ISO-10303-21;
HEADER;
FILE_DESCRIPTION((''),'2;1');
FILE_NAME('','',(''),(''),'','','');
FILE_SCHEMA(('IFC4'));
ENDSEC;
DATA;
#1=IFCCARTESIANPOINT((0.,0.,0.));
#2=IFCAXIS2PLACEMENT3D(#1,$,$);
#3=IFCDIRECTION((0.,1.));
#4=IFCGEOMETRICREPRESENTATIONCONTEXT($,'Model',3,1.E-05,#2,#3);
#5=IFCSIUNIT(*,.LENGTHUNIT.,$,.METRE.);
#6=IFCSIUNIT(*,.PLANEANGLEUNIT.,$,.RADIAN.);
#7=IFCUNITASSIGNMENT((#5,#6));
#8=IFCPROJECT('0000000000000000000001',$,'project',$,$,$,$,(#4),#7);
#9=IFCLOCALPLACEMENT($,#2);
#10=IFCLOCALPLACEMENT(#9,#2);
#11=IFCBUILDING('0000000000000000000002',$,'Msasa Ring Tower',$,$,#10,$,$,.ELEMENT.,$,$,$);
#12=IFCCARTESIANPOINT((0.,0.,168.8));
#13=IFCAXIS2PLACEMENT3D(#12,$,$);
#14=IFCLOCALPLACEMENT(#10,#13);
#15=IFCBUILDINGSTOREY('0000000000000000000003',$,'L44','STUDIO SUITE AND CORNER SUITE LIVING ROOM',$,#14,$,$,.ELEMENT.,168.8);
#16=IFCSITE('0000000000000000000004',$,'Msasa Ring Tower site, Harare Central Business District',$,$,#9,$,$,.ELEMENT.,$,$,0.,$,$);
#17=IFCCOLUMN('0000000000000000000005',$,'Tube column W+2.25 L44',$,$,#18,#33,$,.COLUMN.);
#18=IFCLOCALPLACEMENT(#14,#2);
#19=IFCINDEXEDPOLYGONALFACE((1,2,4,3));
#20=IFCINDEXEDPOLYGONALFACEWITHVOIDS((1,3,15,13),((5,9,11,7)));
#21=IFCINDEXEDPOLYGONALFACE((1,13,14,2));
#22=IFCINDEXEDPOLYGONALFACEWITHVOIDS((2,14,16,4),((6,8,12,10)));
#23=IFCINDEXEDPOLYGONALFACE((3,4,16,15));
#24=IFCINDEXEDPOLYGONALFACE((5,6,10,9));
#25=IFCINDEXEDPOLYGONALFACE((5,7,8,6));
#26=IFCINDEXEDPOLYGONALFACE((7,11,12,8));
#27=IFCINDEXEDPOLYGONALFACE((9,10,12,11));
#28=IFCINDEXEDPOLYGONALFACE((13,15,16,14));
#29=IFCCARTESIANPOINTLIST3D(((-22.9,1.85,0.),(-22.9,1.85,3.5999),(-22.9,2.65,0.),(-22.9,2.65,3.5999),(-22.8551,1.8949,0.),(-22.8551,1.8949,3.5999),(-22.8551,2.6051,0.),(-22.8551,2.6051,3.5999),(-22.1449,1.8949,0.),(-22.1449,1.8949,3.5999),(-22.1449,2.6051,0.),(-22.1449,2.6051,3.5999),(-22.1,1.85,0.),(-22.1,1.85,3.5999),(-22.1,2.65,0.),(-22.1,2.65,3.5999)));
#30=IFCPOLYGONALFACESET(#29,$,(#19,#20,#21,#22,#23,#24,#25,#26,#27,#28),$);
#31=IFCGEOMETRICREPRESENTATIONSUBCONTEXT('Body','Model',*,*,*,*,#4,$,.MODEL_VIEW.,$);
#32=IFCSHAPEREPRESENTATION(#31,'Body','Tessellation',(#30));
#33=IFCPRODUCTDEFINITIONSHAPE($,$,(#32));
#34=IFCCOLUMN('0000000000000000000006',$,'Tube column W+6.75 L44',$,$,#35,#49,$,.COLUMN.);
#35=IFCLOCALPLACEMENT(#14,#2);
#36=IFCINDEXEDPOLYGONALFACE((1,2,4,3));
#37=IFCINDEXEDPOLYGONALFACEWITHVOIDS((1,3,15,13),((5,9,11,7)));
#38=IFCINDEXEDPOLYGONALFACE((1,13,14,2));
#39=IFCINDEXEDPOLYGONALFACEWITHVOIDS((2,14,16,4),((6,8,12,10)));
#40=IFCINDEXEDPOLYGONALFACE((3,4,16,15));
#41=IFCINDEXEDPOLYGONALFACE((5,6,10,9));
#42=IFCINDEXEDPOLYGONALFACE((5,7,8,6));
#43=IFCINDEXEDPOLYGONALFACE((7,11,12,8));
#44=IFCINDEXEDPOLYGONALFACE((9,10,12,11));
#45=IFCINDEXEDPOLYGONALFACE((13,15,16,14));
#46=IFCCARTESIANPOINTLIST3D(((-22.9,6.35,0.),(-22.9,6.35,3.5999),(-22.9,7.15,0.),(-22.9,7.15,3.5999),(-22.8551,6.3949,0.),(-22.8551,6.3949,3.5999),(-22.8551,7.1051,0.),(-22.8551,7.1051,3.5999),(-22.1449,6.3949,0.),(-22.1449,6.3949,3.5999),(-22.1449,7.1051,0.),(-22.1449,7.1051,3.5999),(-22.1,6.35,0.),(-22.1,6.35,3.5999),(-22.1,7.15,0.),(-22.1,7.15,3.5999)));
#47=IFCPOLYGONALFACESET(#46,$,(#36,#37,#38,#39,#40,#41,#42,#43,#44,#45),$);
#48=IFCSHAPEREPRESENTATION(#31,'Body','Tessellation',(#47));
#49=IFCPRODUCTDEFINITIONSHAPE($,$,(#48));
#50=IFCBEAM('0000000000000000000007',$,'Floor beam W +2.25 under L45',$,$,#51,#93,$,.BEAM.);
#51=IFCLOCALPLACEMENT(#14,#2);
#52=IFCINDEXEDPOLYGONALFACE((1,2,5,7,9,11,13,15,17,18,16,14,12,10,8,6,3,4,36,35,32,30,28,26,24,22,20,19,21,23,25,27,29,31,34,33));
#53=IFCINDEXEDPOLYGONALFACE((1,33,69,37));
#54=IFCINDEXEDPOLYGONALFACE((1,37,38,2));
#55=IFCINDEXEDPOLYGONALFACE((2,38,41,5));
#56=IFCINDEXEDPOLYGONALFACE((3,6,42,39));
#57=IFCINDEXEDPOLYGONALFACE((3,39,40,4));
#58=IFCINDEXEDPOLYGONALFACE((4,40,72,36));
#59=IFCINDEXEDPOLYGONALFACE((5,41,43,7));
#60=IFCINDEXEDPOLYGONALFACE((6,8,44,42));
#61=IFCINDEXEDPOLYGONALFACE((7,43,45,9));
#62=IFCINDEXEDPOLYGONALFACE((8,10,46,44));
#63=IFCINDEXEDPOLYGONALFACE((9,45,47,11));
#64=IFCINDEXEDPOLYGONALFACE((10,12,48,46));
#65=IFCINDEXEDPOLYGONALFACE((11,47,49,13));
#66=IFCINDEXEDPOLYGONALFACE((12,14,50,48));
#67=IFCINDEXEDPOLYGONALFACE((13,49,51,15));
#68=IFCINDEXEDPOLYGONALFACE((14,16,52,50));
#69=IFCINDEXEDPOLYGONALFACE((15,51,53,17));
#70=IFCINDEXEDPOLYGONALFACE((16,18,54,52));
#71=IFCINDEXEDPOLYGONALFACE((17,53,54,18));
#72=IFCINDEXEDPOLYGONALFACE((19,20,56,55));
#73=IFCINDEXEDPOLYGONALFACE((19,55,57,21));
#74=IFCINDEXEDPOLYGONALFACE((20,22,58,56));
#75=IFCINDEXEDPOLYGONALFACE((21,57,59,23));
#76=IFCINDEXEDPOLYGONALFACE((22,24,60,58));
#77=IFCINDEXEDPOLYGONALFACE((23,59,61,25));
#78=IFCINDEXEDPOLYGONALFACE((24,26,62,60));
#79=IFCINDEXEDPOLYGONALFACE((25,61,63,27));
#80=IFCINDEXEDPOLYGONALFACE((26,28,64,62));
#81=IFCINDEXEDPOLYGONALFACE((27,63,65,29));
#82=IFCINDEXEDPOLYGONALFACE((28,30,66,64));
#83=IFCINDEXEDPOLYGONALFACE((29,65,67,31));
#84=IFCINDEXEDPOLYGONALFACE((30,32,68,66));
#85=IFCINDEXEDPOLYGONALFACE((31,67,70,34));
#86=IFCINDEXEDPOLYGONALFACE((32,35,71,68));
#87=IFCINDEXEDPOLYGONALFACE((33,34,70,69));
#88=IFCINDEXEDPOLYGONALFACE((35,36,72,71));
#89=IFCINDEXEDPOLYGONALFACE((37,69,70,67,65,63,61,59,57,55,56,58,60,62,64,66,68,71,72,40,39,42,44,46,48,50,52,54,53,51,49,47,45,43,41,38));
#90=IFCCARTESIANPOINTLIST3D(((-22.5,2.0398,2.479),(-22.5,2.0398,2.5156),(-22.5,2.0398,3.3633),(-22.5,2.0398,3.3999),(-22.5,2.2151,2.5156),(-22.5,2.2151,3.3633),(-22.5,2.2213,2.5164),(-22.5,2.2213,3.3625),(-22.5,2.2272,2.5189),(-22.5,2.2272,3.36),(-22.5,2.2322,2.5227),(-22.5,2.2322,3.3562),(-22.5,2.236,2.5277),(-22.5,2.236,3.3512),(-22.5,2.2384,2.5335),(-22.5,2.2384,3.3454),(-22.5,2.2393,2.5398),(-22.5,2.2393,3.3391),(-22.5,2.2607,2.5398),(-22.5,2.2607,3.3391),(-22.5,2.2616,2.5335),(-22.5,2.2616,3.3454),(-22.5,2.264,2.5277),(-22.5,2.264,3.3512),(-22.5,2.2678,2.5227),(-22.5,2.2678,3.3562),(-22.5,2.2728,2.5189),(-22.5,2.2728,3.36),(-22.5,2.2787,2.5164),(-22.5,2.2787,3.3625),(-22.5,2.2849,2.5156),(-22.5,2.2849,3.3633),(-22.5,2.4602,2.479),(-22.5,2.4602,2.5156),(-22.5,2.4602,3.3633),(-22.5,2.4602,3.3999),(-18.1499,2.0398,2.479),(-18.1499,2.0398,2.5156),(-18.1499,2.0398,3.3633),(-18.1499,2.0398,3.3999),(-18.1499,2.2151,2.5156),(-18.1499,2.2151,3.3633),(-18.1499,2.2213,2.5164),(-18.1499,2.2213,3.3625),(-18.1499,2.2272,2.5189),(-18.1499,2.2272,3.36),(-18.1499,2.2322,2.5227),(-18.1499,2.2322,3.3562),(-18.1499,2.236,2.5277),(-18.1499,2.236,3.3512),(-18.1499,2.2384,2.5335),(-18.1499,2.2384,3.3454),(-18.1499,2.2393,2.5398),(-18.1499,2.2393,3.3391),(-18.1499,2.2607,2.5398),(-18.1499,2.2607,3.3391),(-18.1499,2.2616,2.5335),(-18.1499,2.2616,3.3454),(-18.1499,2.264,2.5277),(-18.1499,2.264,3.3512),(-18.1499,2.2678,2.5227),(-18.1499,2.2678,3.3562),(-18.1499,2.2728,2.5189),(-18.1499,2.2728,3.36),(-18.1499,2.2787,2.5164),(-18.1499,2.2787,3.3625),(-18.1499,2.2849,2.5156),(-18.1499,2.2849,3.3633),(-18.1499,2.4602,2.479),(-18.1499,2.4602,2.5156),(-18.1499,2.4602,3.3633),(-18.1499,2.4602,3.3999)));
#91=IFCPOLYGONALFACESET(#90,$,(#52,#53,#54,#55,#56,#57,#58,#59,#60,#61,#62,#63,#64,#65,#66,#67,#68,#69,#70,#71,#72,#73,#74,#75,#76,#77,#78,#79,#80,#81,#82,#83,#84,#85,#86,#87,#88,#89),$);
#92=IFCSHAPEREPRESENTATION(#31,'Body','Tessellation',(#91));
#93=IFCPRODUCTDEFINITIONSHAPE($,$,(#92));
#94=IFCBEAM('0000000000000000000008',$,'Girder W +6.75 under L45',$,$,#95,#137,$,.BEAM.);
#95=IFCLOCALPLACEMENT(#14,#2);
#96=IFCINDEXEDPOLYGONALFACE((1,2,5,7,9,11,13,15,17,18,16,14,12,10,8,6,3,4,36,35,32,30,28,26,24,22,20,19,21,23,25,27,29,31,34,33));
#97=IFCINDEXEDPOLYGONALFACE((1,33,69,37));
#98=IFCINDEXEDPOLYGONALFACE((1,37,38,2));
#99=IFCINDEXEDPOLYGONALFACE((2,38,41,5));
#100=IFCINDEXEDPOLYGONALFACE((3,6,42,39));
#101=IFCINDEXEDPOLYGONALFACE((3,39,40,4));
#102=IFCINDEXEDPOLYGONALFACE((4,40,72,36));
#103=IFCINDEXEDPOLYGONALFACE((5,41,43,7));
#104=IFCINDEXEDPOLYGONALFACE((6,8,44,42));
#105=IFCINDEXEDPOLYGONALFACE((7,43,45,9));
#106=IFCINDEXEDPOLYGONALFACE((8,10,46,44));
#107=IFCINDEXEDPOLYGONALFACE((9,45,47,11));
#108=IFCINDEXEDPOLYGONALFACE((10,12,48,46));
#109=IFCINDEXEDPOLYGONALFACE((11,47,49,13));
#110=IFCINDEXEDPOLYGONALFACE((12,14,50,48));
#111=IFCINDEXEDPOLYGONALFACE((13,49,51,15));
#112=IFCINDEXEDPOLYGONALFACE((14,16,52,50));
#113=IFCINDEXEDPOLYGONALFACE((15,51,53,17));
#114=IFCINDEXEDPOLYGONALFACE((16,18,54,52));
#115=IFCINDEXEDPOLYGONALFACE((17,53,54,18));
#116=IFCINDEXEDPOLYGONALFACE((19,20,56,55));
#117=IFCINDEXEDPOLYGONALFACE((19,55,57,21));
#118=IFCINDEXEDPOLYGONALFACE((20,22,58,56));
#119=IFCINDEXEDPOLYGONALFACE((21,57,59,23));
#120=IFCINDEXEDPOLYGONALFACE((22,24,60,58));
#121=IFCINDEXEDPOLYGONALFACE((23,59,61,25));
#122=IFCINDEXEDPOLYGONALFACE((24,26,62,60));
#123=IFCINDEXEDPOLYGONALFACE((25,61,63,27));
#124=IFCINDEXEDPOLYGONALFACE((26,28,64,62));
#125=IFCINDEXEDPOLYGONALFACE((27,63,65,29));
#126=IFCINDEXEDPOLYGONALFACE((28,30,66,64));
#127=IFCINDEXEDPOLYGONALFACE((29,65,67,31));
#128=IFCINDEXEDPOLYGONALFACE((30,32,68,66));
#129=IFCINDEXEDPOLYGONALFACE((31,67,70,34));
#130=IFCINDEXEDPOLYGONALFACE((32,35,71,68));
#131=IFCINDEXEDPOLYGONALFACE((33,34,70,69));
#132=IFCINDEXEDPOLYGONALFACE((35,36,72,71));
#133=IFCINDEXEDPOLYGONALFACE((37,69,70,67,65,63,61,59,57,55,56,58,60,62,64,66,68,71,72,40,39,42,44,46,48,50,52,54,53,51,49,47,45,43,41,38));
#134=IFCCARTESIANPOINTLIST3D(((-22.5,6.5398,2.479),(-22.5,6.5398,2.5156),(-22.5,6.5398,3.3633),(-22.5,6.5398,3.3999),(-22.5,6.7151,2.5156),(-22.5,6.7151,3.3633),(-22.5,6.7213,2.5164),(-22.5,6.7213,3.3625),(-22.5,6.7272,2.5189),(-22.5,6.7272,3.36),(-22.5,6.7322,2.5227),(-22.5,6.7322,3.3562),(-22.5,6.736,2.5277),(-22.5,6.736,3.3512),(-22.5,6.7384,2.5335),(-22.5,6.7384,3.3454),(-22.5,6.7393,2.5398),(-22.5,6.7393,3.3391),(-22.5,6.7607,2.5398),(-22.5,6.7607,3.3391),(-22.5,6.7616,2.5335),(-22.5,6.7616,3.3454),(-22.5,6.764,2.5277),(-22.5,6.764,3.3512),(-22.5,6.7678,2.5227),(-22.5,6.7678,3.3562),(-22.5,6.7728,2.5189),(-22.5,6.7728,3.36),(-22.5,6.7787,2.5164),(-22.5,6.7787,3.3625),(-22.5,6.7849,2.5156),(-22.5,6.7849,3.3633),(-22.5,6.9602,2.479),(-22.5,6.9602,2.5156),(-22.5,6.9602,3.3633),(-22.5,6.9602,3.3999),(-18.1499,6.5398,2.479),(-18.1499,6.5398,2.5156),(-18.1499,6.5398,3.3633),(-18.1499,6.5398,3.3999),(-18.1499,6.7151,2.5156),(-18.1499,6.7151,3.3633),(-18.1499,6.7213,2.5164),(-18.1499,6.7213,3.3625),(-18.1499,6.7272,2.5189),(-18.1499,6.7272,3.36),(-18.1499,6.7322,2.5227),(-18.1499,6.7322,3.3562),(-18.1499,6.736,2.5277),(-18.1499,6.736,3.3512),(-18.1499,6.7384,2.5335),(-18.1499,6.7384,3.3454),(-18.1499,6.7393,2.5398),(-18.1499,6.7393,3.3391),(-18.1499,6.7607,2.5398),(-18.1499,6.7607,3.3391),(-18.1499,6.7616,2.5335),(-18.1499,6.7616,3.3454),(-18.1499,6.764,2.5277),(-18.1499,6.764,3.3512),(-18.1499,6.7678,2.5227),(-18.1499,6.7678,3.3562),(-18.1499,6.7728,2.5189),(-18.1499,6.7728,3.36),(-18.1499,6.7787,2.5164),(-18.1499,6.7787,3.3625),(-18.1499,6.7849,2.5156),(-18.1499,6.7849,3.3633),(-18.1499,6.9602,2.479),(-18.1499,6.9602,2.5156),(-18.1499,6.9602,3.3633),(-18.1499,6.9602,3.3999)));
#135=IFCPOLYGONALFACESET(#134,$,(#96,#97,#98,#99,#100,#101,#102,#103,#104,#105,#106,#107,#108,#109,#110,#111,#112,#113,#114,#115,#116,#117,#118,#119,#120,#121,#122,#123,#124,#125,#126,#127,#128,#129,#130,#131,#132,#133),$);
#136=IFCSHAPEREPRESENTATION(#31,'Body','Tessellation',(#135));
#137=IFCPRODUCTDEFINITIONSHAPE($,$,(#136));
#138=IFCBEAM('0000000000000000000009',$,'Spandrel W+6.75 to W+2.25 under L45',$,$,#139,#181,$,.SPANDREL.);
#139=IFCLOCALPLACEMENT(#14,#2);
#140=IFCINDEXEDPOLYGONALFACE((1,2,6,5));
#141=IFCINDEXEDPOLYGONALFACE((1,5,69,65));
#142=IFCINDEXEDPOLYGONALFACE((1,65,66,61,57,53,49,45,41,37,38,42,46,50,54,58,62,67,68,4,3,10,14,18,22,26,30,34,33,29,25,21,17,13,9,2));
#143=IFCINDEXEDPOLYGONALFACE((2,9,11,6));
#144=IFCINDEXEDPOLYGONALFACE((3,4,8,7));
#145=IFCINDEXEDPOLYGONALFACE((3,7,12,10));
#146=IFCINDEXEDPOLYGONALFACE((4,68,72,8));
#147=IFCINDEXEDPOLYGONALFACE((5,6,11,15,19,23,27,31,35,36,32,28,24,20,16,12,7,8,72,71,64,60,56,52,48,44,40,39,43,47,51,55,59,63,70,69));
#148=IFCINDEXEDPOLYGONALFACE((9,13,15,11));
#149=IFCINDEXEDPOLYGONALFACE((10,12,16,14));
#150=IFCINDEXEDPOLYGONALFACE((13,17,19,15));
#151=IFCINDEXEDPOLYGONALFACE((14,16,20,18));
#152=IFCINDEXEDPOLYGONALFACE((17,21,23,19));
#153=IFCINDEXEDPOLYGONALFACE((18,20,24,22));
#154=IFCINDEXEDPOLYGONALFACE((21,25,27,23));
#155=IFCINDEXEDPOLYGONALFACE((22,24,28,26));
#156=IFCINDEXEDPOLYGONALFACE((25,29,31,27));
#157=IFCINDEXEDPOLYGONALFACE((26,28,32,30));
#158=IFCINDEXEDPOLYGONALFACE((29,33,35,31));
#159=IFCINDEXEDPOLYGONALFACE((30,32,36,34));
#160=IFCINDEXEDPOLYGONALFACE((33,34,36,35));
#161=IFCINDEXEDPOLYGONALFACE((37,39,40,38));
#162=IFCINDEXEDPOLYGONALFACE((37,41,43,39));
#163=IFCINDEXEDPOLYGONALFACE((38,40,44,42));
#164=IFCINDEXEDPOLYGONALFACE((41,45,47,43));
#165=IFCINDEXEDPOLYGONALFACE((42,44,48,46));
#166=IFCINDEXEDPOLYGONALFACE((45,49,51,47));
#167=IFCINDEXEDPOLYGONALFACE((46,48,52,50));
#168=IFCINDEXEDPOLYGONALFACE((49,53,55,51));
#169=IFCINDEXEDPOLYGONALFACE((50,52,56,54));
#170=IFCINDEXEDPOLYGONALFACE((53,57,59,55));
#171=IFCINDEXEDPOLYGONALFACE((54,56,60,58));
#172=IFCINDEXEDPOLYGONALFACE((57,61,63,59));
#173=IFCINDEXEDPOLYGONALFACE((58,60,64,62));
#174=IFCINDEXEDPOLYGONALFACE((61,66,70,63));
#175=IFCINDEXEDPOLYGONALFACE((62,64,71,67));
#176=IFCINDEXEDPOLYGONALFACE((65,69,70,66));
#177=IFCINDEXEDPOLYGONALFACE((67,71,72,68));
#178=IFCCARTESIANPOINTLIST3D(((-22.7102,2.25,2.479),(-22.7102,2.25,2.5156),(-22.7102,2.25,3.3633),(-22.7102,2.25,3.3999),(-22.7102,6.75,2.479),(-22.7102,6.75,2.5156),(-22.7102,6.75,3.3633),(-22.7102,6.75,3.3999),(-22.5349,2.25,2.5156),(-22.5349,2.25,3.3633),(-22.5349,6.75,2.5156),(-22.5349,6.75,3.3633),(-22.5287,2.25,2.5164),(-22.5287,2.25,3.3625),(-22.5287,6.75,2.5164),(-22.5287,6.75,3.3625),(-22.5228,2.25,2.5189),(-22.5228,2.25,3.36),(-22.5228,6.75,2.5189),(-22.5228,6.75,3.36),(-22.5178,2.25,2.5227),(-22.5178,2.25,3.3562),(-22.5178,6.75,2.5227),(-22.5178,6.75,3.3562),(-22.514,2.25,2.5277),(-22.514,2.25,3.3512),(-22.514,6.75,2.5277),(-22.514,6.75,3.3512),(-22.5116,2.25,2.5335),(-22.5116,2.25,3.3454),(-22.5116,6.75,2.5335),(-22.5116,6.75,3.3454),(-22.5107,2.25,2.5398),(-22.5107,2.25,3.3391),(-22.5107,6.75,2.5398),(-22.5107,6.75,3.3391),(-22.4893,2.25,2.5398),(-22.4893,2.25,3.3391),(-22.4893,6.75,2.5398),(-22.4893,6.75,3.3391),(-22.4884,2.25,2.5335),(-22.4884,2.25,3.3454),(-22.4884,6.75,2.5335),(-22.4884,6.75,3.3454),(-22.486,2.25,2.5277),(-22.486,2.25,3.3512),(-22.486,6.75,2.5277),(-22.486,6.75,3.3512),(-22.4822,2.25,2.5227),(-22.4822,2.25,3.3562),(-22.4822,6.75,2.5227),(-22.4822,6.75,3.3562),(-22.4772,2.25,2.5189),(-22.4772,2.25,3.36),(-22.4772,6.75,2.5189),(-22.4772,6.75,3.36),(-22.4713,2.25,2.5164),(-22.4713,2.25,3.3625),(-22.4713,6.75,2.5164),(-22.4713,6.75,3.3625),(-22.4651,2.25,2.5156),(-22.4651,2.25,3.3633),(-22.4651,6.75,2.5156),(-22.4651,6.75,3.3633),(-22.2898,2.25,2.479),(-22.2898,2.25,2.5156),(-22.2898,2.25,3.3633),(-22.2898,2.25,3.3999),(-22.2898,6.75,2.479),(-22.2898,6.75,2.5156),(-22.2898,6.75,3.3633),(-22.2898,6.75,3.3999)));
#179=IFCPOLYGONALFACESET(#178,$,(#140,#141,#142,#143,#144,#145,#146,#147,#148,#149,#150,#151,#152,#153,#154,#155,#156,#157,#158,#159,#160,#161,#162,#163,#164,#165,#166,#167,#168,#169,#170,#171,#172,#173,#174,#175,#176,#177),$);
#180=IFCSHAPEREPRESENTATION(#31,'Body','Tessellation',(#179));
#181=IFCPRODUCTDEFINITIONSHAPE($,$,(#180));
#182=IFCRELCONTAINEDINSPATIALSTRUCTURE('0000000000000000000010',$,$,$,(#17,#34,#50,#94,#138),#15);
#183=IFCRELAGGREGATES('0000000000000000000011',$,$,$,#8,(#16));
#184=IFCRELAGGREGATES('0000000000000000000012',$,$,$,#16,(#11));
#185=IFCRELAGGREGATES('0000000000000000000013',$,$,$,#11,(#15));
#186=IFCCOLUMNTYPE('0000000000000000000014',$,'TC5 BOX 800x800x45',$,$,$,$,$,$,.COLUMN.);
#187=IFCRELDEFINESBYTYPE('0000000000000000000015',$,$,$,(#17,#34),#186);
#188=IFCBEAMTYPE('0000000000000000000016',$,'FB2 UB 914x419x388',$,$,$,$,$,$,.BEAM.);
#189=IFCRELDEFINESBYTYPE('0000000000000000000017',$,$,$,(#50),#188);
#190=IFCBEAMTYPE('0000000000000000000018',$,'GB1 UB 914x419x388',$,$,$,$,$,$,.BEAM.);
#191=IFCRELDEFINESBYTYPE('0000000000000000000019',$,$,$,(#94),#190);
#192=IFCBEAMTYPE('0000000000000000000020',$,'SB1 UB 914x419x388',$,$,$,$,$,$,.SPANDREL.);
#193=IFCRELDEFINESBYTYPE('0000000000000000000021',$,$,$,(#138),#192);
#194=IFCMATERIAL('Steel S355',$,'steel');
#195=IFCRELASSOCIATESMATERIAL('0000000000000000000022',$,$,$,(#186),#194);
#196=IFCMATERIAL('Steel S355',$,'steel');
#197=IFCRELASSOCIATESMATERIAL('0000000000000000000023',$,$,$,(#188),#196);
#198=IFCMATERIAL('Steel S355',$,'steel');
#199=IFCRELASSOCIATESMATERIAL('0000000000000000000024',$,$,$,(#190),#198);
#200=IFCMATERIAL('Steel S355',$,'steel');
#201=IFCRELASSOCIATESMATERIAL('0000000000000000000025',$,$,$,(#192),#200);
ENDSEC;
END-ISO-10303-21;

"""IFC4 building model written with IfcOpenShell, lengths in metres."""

from ifc_helpers import new_model, si_unit, direction, frame, origin, origin_2d, place, context, subcontext, project, spatial, hollow_rectangle, i_section, extrude, material, material_profile, profile_set, type_object, element, save


model = new_model("IFC4")

# Units and contexts
model_context = context("Model", 3, precision=1e-05, world=origin(), true_north=direction((0.0, 1.0)))
body_context = subcontext(model_context, "Body", "Model", "MODEL_VIEW")
ifc_project = project(units=[si_unit("LENGTHUNIT", "METRE"), si_unit("PLANEANGLEUNIT", "RADIAN")], contexts=[model_context])

# Site, building, storey
site_placement = place(None, origin())
site = spatial("IfcSite", under=ifc_project, at=site_placement, Name="Msasa Ring Tower site, Harare Central Business District", CompositionType="ELEMENT", RefElevation=0.0)
building_placement = place(site_placement, origin())
building = spatial("IfcBuilding", under=site, at=building_placement, Name="Msasa Ring Tower", CompositionType="ELEMENT")
storey_placement = place(building_placement, frame((0.0, 0.0, 168.8)))
storey = spatial("IfcBuildingStorey", under=building, at=storey_placement, Name="L44", Description="STUDIO SUITE AND CORNER SUITE LIVING ROOM", CompositionType="ELEMENT", Elevation=168.8)

# Columns
ifc_material_1 = material(Name="Steel S355", Category="steel")
ifc_material_profile_1 = material_profile(ifc_material_1, hollow_rectangle(XDim=0.8, YDim=0.8, WallThickness=0.0449, at=origin_2d()), Name="BOX 800x800x45")
ifc_profile_set_1 = profile_set([ifc_material_profile_1], Name="Steel S355")
column_type = type_object("IfcColumnType", Name="TC5 BOX 800x800x45", PredefinedType="COLUMN", material=ifc_profile_set_1)
for number, where, z_axis, x_axis, name in (
    (1, (-22.5, 2.25, 0.0), (0.0, 0.0, 1.0), (1.0, 0.0, 0.0), "Tube column W+2.25 L44"),
    (2, (-22.5, 6.75, 0.0), (0.0, 0.0, 1.0), (1.0, 0.0, 0.0), "Tube column W+6.75 L44"),
):
    element("IfcColumn", number, at=place(storey_placement, frame(where, z_axis=z_axis, x_axis=x_axis)), inside=storey, type_object=column_type, Name=name, PredefinedType="COLUMN", context=body_context, shape_type="SweptSolid", body=[
        extrude(hollow_rectangle(XDim=0.8, YDim=0.8, WallThickness=0.0449, at=origin_2d()), origin(), (0.0, 0.0, 1.0), 3.5999),
    ])

# Beams
ifc_material_2 = material(Name="Steel S355", Category="steel")
ifc_material_profile_2 = material_profile(ifc_material_2, i_section(OverallWidth=0.4204, OverallDepth=0.9209, WebThickness=0.0215, FlangeThickness=0.0366, FilletRadius=0.0242, at=origin_2d()), Name="UB 914x419x388")
ifc_profile_set_2 = profile_set([ifc_material_profile_2], Name="Steel S355")
beam_type_1 = type_object("IfcBeamType", Name="FB2 UB 914x419x388", PredefinedType="BEAM", material=ifc_profile_set_2)
beam_1_placement = place(storey_placement, frame((-22.5, 2.25, 2.9395), z_axis=(1.0, 0.0, 0.0), x_axis=(0.0, 1.0, 0.0)))
element("IfcBeam", 3, at=beam_1_placement, inside=storey, type_object=beam_type_1, Name="Floor beam W +2.25 under L45", PredefinedType="BEAM", context=body_context, shape_type="SweptSolid", body=[
    extrude(i_section(OverallWidth=0.4204, OverallDepth=0.9209, WebThickness=0.0215, FlangeThickness=0.0366, FilletRadius=0.0242, at=origin_2d()), origin(), (0.0, 0.0, 1.0), 4.3501),
])
ifc_material_3 = material(Name="Steel S355", Category="steel")
ifc_material_profile_3 = material_profile(ifc_material_3, i_section(OverallWidth=0.4204, OverallDepth=0.9209, WebThickness=0.0215, FlangeThickness=0.0366, FilletRadius=0.0242, at=origin_2d()), Name="UB 914x419x388")
ifc_profile_set_3 = profile_set([ifc_material_profile_3], Name="Steel S355")
beam_type_2 = type_object("IfcBeamType", Name="GB1 UB 914x419x388", PredefinedType="BEAM", material=ifc_profile_set_3)
beam_2_placement = place(storey_placement, frame((-18.1499, 6.75, 2.9395), z_axis=(-1.0, 0.0, 0.0), x_axis=(0.0, -1.0, 0.0)))
element("IfcBeam", 4, at=beam_2_placement, inside=storey, type_object=beam_type_2, Name="Girder W +6.75 under L45", PredefinedType="BEAM", context=body_context, shape_type="SweptSolid", body=[
    extrude(i_section(OverallWidth=0.4204, OverallDepth=0.9209, WebThickness=0.0215, FlangeThickness=0.0366, FilletRadius=0.0242, at=origin_2d()), origin(), (0.0, 0.0, 1.0), 4.3501),
])
ifc_material_4 = material(Name="Steel S355", Category="steel")
ifc_material_profile_4 = material_profile(ifc_material_4, i_section(OverallWidth=0.4204, OverallDepth=0.9209, WebThickness=0.0215, FlangeThickness=0.0366, FilletRadius=0.0242, at=origin_2d()), Name="UB 914x419x388")
ifc_profile_set_4 = profile_set([ifc_material_profile_4], Name="Steel S355")
beam_type_3 = type_object("IfcBeamType", Name="SB1 UB 914x419x388", PredefinedType="SPANDREL", material=ifc_profile_set_4)
for number, where, z_axis, x_axis, name in (
    (5, (-22.5, 6.75, 2.9395), (0.0, -1.0, 0.0), (1.0, 0.0, 0.0), "Spandrel W+6.75 to W+2.25 under L45"),
):
    element("IfcBeam", number, at=place(storey_placement, frame(where, z_axis=z_axis, x_axis=x_axis)), inside=storey, type_object=beam_type_3, Name=name, PredefinedType="SPANDREL", context=body_context, shape_type="SweptSolid", body=[
        extrude(i_section(OverallWidth=0.4204, OverallDepth=0.9209, WebThickness=0.0215, FlangeThickness=0.0366, FilletRadius=0.0242, at=origin_2d()), origin(), (0.0, 0.0, 1.0), 4.5),
    ])

save(model, "model.ifc")
